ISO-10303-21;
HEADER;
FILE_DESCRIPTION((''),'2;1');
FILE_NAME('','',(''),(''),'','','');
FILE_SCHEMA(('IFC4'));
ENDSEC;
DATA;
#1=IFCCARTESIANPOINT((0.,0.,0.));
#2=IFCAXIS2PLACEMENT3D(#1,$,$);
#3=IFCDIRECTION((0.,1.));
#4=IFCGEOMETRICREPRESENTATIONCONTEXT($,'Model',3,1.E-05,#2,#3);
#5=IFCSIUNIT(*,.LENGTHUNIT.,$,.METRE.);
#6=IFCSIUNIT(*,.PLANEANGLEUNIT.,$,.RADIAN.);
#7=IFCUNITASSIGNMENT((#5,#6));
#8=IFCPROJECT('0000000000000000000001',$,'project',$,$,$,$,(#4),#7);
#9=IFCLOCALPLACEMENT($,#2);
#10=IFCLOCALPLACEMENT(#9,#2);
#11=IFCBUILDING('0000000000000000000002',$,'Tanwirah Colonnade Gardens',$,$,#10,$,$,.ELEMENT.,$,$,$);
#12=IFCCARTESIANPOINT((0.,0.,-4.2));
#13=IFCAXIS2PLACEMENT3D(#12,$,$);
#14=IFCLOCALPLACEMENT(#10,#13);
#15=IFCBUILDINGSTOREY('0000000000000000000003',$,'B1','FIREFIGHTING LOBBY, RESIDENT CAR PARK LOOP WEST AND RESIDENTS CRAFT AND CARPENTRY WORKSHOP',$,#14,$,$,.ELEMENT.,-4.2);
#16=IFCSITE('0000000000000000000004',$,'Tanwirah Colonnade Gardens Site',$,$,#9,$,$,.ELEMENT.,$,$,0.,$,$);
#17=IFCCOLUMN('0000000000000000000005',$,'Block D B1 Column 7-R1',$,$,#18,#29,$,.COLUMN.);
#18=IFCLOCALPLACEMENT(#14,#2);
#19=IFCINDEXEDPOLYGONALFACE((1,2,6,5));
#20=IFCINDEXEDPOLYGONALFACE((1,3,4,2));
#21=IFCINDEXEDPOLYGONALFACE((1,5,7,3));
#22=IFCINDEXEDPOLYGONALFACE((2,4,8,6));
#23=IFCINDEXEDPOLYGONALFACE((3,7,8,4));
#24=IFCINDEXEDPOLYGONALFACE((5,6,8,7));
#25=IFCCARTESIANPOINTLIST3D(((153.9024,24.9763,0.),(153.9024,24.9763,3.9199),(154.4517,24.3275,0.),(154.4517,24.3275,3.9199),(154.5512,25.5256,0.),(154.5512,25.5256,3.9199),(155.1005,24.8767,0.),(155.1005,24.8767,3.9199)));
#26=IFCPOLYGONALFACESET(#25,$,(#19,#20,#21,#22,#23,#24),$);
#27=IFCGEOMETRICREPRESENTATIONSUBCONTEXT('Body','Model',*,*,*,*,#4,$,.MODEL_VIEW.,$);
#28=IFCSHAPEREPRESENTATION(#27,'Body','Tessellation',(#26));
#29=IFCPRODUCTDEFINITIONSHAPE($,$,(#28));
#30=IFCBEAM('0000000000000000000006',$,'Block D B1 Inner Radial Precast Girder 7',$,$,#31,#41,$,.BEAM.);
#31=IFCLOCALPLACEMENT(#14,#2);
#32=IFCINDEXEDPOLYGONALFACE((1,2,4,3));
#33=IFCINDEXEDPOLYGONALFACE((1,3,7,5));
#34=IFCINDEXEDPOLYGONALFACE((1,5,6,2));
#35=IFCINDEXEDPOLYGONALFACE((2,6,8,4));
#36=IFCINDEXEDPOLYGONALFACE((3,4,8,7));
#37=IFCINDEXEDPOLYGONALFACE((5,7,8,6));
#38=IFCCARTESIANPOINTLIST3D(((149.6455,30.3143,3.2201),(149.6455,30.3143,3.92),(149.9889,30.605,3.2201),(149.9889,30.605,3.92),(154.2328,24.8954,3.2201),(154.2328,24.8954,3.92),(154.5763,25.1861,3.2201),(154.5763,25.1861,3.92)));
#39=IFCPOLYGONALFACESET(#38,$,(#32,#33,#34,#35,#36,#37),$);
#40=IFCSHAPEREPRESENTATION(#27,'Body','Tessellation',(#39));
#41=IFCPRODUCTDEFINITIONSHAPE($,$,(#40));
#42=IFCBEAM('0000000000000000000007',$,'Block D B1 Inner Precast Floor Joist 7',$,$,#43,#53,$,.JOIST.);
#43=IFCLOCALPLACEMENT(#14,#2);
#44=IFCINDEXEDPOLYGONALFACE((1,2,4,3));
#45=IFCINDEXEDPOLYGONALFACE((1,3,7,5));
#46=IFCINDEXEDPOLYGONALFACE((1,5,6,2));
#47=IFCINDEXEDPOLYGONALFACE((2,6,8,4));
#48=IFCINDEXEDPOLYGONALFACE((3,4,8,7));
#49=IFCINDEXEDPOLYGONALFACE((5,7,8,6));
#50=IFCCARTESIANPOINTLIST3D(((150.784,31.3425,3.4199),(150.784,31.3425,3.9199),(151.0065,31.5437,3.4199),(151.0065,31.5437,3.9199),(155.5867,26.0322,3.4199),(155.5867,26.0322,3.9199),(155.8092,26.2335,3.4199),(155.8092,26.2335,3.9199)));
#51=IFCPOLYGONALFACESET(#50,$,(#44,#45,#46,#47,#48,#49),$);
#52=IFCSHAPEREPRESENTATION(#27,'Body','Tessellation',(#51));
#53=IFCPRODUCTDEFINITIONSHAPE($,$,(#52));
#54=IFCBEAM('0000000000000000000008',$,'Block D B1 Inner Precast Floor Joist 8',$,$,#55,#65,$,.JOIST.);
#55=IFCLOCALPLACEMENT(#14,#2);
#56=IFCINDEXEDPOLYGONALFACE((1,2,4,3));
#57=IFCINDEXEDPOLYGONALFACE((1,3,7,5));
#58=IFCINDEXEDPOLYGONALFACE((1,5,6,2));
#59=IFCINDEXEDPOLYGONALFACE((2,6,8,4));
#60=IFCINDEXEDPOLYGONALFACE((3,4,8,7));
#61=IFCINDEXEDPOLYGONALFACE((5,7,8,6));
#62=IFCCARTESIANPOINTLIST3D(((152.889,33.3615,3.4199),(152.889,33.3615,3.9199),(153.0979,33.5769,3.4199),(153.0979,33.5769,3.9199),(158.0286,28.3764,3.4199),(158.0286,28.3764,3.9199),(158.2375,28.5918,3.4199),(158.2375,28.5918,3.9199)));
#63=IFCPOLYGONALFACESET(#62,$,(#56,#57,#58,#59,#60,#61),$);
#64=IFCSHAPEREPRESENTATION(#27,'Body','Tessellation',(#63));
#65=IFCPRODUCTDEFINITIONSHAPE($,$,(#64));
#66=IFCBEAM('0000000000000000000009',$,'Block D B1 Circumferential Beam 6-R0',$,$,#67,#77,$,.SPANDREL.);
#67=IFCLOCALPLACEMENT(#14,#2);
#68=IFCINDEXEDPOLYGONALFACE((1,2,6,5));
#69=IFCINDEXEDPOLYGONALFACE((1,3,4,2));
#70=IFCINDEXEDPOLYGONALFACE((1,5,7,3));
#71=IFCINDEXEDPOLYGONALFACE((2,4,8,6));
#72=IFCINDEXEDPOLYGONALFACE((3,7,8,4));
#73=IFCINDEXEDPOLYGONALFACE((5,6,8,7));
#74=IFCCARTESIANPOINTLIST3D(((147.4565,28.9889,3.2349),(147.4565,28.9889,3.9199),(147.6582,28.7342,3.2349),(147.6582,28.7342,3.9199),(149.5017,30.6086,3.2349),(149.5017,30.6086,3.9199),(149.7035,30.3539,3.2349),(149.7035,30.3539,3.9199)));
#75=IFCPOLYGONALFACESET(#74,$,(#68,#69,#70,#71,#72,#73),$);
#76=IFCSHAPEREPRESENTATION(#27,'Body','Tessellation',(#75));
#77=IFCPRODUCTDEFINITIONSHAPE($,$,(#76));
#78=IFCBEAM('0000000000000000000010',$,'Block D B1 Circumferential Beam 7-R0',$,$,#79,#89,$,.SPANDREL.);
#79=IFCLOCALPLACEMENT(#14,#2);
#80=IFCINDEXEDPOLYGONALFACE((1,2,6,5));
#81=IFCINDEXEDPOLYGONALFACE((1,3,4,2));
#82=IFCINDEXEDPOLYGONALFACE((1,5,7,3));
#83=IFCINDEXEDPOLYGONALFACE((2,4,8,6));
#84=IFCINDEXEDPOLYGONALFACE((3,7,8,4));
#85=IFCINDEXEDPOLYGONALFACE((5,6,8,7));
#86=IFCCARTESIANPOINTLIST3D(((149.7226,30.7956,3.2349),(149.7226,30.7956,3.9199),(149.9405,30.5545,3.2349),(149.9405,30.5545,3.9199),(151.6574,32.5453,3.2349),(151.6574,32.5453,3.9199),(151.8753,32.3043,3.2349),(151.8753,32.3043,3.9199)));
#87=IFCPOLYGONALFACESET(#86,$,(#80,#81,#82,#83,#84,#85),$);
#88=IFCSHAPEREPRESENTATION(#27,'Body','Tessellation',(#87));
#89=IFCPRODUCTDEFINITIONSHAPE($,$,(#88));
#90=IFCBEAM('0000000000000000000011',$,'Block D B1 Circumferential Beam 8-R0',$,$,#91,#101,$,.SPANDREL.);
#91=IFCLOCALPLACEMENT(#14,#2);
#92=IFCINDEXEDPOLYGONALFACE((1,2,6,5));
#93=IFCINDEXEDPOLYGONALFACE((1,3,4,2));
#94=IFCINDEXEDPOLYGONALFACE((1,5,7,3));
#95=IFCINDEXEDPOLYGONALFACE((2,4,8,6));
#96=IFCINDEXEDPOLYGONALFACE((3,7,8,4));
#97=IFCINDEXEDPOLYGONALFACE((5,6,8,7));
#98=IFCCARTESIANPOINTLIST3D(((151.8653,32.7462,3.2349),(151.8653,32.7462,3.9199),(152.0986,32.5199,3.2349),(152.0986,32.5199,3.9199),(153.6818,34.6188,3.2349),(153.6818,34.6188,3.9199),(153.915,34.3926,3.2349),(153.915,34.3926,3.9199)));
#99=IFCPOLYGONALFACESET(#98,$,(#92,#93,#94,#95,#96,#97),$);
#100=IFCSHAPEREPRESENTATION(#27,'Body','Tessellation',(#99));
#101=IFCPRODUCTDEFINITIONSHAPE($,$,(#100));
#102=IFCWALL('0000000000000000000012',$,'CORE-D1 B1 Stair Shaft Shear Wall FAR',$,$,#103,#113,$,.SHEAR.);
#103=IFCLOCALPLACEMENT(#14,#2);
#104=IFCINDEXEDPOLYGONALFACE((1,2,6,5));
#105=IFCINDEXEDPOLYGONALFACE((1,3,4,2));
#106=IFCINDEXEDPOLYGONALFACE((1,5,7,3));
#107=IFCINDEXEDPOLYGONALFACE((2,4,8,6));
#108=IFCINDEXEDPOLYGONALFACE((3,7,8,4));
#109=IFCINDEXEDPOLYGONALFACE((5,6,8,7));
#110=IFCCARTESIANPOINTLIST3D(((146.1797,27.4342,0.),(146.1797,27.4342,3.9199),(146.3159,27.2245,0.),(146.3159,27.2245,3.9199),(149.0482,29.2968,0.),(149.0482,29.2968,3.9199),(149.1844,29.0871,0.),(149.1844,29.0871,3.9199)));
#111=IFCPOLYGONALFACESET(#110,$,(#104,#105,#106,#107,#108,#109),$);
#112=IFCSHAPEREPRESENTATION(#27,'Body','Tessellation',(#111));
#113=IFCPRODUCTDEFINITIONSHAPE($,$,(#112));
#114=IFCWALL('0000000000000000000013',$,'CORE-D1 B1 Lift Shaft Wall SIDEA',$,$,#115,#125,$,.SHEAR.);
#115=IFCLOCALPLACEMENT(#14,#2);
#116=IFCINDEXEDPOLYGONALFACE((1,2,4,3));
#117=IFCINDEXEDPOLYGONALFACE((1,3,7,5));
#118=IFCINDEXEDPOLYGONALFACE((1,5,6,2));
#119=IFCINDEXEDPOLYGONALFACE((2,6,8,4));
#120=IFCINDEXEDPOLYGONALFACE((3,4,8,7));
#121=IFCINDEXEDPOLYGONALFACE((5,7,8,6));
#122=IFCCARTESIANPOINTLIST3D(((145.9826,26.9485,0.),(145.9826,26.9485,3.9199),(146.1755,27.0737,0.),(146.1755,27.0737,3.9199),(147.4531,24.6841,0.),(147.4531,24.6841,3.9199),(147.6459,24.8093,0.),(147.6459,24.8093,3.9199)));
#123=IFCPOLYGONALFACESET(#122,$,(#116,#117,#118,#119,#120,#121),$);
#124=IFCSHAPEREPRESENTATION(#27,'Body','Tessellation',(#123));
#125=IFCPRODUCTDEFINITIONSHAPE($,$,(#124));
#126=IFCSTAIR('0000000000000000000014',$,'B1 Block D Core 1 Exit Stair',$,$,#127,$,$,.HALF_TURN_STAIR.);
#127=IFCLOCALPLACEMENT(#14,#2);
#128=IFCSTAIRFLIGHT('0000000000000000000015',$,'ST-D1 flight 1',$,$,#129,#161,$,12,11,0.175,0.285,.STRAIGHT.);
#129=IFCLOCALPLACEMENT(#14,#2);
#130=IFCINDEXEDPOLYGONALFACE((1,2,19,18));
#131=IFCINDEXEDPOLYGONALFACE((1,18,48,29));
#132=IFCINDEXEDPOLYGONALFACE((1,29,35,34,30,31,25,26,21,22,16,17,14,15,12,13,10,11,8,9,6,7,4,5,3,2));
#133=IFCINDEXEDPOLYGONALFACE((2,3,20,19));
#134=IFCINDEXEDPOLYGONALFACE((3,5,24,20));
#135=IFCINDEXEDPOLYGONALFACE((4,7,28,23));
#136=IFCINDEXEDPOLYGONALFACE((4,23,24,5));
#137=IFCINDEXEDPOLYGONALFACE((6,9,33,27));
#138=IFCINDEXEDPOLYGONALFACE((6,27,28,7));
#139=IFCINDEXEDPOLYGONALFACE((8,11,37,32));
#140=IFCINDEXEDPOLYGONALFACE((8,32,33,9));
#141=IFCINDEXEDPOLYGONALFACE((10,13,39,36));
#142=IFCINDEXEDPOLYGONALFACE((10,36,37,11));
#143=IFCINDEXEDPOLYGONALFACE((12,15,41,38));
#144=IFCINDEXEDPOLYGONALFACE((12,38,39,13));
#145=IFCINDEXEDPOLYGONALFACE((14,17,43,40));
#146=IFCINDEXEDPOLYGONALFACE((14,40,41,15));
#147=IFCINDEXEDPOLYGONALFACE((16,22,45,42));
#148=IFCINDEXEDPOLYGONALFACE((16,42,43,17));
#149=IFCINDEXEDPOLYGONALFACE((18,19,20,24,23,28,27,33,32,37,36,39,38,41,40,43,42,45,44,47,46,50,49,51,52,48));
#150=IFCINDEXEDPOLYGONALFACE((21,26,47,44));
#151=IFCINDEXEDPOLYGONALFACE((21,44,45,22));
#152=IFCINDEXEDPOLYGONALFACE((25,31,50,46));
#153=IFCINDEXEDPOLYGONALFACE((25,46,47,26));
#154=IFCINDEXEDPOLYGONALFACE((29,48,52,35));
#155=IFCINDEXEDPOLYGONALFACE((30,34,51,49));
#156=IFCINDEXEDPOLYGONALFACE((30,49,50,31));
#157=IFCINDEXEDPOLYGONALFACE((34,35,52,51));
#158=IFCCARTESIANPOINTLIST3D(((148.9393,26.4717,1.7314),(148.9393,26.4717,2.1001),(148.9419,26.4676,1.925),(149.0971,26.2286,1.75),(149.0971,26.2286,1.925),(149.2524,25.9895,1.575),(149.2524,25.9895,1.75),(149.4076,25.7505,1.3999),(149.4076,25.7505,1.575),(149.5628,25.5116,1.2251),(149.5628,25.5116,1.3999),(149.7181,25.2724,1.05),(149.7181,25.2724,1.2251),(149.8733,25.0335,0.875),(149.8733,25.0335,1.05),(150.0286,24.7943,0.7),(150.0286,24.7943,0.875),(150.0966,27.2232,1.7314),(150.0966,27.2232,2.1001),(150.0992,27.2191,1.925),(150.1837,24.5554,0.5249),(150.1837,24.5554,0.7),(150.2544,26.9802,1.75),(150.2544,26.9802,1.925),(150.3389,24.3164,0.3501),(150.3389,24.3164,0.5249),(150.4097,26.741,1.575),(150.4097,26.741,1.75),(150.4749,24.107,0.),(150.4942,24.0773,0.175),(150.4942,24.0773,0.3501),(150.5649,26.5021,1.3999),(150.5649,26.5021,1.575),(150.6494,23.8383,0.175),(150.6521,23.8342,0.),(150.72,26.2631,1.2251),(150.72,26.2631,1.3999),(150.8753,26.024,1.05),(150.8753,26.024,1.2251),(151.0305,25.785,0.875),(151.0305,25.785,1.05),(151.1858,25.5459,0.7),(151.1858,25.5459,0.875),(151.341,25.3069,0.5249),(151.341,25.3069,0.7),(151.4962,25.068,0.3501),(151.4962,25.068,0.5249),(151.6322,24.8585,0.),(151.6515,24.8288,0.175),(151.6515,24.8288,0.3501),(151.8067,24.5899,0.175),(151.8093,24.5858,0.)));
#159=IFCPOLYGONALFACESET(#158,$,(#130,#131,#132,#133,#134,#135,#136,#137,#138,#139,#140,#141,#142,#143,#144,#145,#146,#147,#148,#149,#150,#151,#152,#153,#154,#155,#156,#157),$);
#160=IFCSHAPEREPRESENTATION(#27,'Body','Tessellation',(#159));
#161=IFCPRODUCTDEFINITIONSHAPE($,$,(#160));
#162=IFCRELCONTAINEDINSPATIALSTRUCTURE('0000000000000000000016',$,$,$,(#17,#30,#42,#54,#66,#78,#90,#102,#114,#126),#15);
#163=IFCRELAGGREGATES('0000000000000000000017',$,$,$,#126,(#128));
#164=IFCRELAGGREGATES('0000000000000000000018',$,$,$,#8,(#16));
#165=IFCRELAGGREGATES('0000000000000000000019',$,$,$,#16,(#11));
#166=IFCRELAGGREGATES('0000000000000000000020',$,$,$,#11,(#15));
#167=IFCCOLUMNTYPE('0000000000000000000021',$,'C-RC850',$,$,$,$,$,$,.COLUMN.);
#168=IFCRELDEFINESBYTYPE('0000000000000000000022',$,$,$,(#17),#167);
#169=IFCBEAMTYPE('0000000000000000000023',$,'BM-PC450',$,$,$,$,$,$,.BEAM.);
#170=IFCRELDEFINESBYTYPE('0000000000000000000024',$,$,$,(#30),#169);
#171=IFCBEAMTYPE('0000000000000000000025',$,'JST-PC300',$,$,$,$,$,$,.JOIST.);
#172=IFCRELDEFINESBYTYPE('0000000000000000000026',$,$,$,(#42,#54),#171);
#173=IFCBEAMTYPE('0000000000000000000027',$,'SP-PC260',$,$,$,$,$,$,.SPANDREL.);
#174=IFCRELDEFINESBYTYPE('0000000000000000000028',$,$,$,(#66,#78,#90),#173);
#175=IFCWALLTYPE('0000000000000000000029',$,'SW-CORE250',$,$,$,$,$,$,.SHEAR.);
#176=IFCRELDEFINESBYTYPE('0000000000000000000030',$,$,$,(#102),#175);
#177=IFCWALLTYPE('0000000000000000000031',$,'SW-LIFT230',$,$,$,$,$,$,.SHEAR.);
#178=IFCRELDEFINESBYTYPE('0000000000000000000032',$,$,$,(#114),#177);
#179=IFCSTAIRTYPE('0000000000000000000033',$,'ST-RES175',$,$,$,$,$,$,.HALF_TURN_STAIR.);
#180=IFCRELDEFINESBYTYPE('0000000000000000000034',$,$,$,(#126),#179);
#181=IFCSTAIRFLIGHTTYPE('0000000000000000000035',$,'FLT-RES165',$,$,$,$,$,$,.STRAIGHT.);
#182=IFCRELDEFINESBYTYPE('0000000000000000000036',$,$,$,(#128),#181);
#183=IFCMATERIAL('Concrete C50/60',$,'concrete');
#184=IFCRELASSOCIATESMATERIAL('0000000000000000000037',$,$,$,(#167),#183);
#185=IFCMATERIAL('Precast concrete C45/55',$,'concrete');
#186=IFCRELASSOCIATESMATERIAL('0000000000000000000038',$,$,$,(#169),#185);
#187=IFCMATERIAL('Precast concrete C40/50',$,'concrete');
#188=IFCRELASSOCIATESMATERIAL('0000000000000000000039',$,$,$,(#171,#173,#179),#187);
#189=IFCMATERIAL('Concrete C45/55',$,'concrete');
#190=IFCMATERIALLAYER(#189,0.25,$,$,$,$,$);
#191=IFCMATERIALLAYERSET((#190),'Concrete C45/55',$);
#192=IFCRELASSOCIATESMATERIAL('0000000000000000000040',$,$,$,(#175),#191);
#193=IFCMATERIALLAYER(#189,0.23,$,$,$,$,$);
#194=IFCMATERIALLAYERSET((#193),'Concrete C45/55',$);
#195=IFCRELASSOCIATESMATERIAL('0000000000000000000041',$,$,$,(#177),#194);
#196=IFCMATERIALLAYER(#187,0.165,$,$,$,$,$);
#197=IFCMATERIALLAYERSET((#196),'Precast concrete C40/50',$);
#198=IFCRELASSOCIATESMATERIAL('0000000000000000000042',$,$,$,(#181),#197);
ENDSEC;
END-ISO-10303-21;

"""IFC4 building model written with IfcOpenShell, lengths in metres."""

from ifc_helpers import new_model, si_unit, direction, frame, frame_2d, origin, origin_2d, place, context, subcontext, project, spatial, polyline, rectangle, outline, extrude, material, layer, layer_set, material_profile, profile_set, type_object, element, aggregate, save


model = new_model("IFC4")

# Units and contexts
model_context = context("Model", 3, precision=1e-05, world=origin(), true_north=direction((0.0, 1.0)))
body_context = subcontext(model_context, "Body", "Model", "MODEL_VIEW")
ifc_project = project(units=[si_unit("LENGTHUNIT", "METRE"), si_unit("PLANEANGLEUNIT", "RADIAN")], contexts=[model_context])

# Site, building, storey
site_placement = place(None, origin())
site = spatial("IfcSite", under=ifc_project, at=site_placement, Name="Tanwirah Colonnade Gardens Site", CompositionType="ELEMENT", RefElevation=0.0)
building_placement = place(site_placement, origin())
building = spatial("IfcBuilding", under=site, at=building_placement, Name="Tanwirah Colonnade Gardens", CompositionType="ELEMENT")
storey_placement = place(building_placement, frame((0.0, 0.0, -4.2)))
storey = spatial("IfcBuildingStorey", under=building, at=storey_placement, Name="B1", Description="FIREFIGHTING LOBBY, RESIDENT CAR PARK LOOP WEST AND RESIDENTS CRAFT AND CARPENTRY WORKSHOP", CompositionType="ELEMENT", Elevation=-4.2)

# Shared definitions
ifc_material_1 = material(Name="Concrete C45/55", Category="concrete")

# Column
ifc_material_2 = material(Name="Concrete C50/60", Category="concrete")
ifc_material_profile_1 = material_profile(ifc_material_2, rectangle(XDim=0.8501, YDim=0.8501, at=origin_2d()), Name="RC-COL 850x850")
ifc_profile_set_1 = profile_set([ifc_material_profile_1], Name="Concrete C50/60")
column_type_1 = type_object("IfcColumnType", Name="C-RC850", PredefinedType="COLUMN", material=ifc_profile_set_1)
column_placement = place(storey_placement, frame((154.5015, 24.9265, 0.0), z_axis=(0.0, 0.0, 1.0), x_axis=(0.646124, -0.763232, 0.0)))
element("IfcColumn", 1, at=column_placement, inside=storey, type_object=column_type_1, Name="Block D B1 Column 7-R1", PredefinedType="COLUMN", context=body_context, shape_type="SweptSolid", body=[
    extrude(rectangle(XDim=0.8501, YDim=0.8501, at=origin_2d()), origin(), (0.0, 0.0, 1.0), 3.9199),
])

# Beams
ifc_material_3 = material(Name="Precast concrete C45/55", Category="concrete")
ifc_material_profile_2 = material_profile(ifc_material_3, rectangle(XDim=0.45, YDim=0.7, at=origin_2d()), Name="PC-BM 450x700")
ifc_profile_set_2 = profile_set([ifc_material_profile_2], Name="Precast concrete C45/55")
beam_type_1 = type_object("IfcBeamType", Name="BM-PC450", PredefinedType="BEAM", material=ifc_profile_set_2)
beam_1_placement = place(storey_placement, frame((154.4045, 25.0408, 3.5701), z_axis=(-0.646118, 0.763238, 0.0), x_axis=(-0.763238, -0.646118, 0.0)))
element("IfcBeam", 2, at=beam_1_placement, inside=storey, type_object=beam_type_1, Name="Block D B1 Inner Radial Precast Girder 7", PredefinedType="BEAM", context=body_context, shape_type="SweptSolid", body=[
    extrude(rectangle(XDim=0.45, YDim=0.7, at=origin_2d()), origin(), (0.0, 0.0, 1.0), 7.0999),
])
ifc_material_4 = material(Name="Precast concrete C40/50", Category="concrete")
ifc_material_profile_3 = material_profile(ifc_material_4, rectangle(XDim=0.3, YDim=0.5, at=origin_2d()), Name="PC-JST 300x500")
ifc_profile_set_3 = profile_set([ifc_material_profile_3], Name="Precast concrete C40/50")
beam_type_2 = type_object("IfcBeamType", Name="JST-PC300", PredefinedType="JOIST", material=ifc_profile_set_3)
beam_2_placement = place(storey_placement, frame((150.8953, 31.4431, 3.6699), z_axis=(0.670773, -0.741663, 0.0), x_axis=(0.741663, 0.670773, 0.0)))
element("IfcBeam", 3, at=beam_2_placement, inside=storey, type_object=beam_type_2, Name="Block D B1 Inner Precast Floor Joist 7", PredefinedType="JOIST", context=body_context, shape_type="SweptSolid", body=[
    extrude(rectangle(XDim=0.3, YDim=0.5, at=origin_2d()), origin(), (0.0, 0.0, 1.0), 7.1599),
])
beam_3_placement = place(storey_placement, frame((152.9934, 33.4692, 3.6699), z_axis=(0.717816, -0.696233, 0.0), x_axis=(0.696233, 0.717816, 0.0)))
element("IfcBeam", 4, at=beam_3_placement, inside=storey, type_object=beam_type_2, Name="Block D B1 Inner Precast Floor Joist 8", PredefinedType="JOIST", context=body_context, shape_type="SweptSolid", body=[
    extrude(rectangle(XDim=0.3, YDim=0.5, at=origin_2d()), origin(), (0.0, 0.0, 1.0), 7.1602),
])
ifc_material_profile_4 = material_profile(ifc_material_4, rectangle(XDim=0.325, YDim=0.6851, at=origin_2d()), Name="PC-SP 325x685")
ifc_profile_set_4 = profile_set([ifc_material_profile_4], Name="Precast concrete C40/50")
beam_type_3 = type_object("IfcBeamType", Name="SP-PC260", PredefinedType="SPANDREL", material=ifc_profile_set_4)
beam_4_placement = place(storey_placement, frame((147.5574, 28.8616, 3.5774), z_axis=(0.783945, 0.62083, 0.0), x_axis=(-0.62083, 0.783945, 0.0)))
element("IfcBeam", 5, at=beam_4_placement, inside=storey, type_object=beam_type_3, Name="Block D B1 Circumferential Beam 6-R0", PredefinedType="SPANDREL", context=body_context, shape_type="SweptSolid", body=[
    extrude(rectangle(XDim=0.325, YDim=0.6851, at=origin_2d()), origin(), (0.0, 0.0, 1.0), 2.6089),
])
beam_5_placement = place(storey_placement, frame((149.8315, 30.675, 3.5774), z_axis=(0.741687, 0.670747, 0.0), x_axis=(-0.670747, 0.741687, 0.0)))
element("IfcBeam", 6, at=beam_5_placement, inside=storey, type_object=beam_type_3, Name="Block D B1 Circumferential Beam 7-R0", PredefinedType="SPANDREL", context=body_context, shape_type="SweptSolid", body=[
    extrude(rectangle(XDim=0.325, YDim=0.6851, at=origin_2d()), origin(), (0.0, 0.0, 1.0), 2.6086),
])
beam_6_placement = place(storey_placement, frame((151.9819, 32.6331, 3.5774), z_axis=(0.696263, 0.717787, 0.0), x_axis=(-0.717787, 0.696263, 0.0)))
element("IfcBeam", 7, at=beam_6_placement, inside=storey, type_object=beam_type_3, Name="Block D B1 Circumferential Beam 8-R0", PredefinedType="SPANDREL", context=body_context, shape_type="SweptSolid", body=[
    extrude(rectangle(XDim=0.325, YDim=0.6851, at=origin_2d()), origin(), (0.0, 0.0, 1.0), 2.6089),
])

# Wall
ifc_layer_1 = layer(ifc_material_1, 0.25)
ifc_layer_set_1 = layer_set([ifc_layer_1], Name="Concrete C45/55")
wall_type_1 = type_object("IfcWallType", Name="SW-CORE250", PredefinedType="SHEAR", material=ifc_layer_set_1)
wall_1_placement = place(storey_placement, frame((149.1162, 29.1919, 0.0), z_axis=(0.0, 0.0, 1.0), x_axis=(-0.8387, -0.544594, 0.0)))
element("IfcWall", 8, at=wall_1_placement, inside=storey, type_object=wall_type_1, Name="CORE-D1 B1 Stair Shaft Shear Wall FAR", PredefinedType="SHEAR", context=body_context, shape_type="SweptSolid", body=[
    extrude(rectangle(XDim=3.4202, YDim=0.25, at=frame_2d((1.71, 0.0))), origin(), (0.0, 0.0, 1.0), 3.9199),
])

# Shared definitions
ifc_layer_2 = layer(ifc_material_1, 0.23)
ifc_layer_set_2 = layer_set([ifc_layer_2], Name="Concrete C45/55")
wall_type_2 = type_object("IfcWallType", Name="SW-LIFT230", PredefinedType="SHEAR", material=ifc_layer_set_2)

# Wall
wall_2_placement = place(storey_placement, frame((147.5496, 24.7466, 0.0), z_axis=(0.0, 0.0, 1.0), x_axis=(-0.544623, 0.838681, 0.0)))
element("IfcWall", 9, at=wall_2_placement, inside=storey, type_object=wall_type_2, Name="CORE-D1 B1 Lift Shaft Wall SIDEA", PredefinedType="SHEAR", context=body_context, shape_type="SweptSolid", body=[
    extrude(rectangle(XDim=2.7, YDim=0.23, at=frame_2d((1.3501, 0.0))), origin(), (0.0, 0.0, 1.0), 3.9199),
])

# Stair, stair flight
stair_type = type_object("IfcStairType", Name="ST-RES175", PredefinedType="HALF_TURN_STAIR", material=ifc_material_4)
stair_placement = place(storey_placement, origin())
stair = element("IfcStair", 10, at=stair_placement, inside=storey, type_object=stair_type, Name="B1 Block D Core 1 Exit Stair", PredefinedType="HALF_TURN_STAIR")
ifc_layer_3 = layer(ifc_material_4, 0.165)
ifc_layer_set_3 = layer_set([ifc_layer_3], Name="Precast concrete C40/50")
stair_flight_type = type_object("IfcStairFlightType", Name="FLT-RES165", PredefinedType="STRAIGHT", material=ifc_layer_set_3)
stair_flight_1_placement = place(storey_placement, frame((151.228, 24.2141, 0.0), z_axis=(0.0, 0.0, 1.0), x_axis=(-0.544639, 0.838671, 0.0)))
stair_flight_1 = element("IfcStairFlight", 11, at=stair_flight_1_placement, type_object=stair_flight_type, Name="ST-D1 flight 1", NumberOfRisers=12, NumberOfTreads=11, PredefinedType="STRAIGHT", RiserHeight=0.175, TreadLength=0.285, context=body_context, shape_type="SweptSolid", body=[
    extrude(outline(polyline([(-0.0049, 0.0), (0.0, 0.175), (0.2849, 0.175), (0.2849, 0.3501), (0.5701, 0.3501), (0.5701, 0.5249), (0.855, 0.5249), (0.855, 0.7), (1.1399, 0.7), (1.1399, 0.875), (1.425, 0.875), (1.425, 1.05), (1.71, 1.05), (1.71, 1.2251), (1.9951, 1.2251), (1.9951, 1.3999), (2.28, 1.3999), (2.28, 1.575), (2.5649, 1.575), (2.5649, 1.75), (2.8501, 1.75), (2.8501, 1.925), (3.135, 1.925), (3.1399, 2.1001), (3.1399, 1.7314), (0.3203, 0.0), (-0.0049, 0.0)])), frame((0.0, 0.6899, 0.0), z_axis=(0.0, -1.0, 0.0), x_axis=(1.0, 0.0, 0.0)), (0.0, 0.0, 1.0), 1.3799),
])
aggregate(stair, [stair_flight_1])

save(model, "model.ifc")
